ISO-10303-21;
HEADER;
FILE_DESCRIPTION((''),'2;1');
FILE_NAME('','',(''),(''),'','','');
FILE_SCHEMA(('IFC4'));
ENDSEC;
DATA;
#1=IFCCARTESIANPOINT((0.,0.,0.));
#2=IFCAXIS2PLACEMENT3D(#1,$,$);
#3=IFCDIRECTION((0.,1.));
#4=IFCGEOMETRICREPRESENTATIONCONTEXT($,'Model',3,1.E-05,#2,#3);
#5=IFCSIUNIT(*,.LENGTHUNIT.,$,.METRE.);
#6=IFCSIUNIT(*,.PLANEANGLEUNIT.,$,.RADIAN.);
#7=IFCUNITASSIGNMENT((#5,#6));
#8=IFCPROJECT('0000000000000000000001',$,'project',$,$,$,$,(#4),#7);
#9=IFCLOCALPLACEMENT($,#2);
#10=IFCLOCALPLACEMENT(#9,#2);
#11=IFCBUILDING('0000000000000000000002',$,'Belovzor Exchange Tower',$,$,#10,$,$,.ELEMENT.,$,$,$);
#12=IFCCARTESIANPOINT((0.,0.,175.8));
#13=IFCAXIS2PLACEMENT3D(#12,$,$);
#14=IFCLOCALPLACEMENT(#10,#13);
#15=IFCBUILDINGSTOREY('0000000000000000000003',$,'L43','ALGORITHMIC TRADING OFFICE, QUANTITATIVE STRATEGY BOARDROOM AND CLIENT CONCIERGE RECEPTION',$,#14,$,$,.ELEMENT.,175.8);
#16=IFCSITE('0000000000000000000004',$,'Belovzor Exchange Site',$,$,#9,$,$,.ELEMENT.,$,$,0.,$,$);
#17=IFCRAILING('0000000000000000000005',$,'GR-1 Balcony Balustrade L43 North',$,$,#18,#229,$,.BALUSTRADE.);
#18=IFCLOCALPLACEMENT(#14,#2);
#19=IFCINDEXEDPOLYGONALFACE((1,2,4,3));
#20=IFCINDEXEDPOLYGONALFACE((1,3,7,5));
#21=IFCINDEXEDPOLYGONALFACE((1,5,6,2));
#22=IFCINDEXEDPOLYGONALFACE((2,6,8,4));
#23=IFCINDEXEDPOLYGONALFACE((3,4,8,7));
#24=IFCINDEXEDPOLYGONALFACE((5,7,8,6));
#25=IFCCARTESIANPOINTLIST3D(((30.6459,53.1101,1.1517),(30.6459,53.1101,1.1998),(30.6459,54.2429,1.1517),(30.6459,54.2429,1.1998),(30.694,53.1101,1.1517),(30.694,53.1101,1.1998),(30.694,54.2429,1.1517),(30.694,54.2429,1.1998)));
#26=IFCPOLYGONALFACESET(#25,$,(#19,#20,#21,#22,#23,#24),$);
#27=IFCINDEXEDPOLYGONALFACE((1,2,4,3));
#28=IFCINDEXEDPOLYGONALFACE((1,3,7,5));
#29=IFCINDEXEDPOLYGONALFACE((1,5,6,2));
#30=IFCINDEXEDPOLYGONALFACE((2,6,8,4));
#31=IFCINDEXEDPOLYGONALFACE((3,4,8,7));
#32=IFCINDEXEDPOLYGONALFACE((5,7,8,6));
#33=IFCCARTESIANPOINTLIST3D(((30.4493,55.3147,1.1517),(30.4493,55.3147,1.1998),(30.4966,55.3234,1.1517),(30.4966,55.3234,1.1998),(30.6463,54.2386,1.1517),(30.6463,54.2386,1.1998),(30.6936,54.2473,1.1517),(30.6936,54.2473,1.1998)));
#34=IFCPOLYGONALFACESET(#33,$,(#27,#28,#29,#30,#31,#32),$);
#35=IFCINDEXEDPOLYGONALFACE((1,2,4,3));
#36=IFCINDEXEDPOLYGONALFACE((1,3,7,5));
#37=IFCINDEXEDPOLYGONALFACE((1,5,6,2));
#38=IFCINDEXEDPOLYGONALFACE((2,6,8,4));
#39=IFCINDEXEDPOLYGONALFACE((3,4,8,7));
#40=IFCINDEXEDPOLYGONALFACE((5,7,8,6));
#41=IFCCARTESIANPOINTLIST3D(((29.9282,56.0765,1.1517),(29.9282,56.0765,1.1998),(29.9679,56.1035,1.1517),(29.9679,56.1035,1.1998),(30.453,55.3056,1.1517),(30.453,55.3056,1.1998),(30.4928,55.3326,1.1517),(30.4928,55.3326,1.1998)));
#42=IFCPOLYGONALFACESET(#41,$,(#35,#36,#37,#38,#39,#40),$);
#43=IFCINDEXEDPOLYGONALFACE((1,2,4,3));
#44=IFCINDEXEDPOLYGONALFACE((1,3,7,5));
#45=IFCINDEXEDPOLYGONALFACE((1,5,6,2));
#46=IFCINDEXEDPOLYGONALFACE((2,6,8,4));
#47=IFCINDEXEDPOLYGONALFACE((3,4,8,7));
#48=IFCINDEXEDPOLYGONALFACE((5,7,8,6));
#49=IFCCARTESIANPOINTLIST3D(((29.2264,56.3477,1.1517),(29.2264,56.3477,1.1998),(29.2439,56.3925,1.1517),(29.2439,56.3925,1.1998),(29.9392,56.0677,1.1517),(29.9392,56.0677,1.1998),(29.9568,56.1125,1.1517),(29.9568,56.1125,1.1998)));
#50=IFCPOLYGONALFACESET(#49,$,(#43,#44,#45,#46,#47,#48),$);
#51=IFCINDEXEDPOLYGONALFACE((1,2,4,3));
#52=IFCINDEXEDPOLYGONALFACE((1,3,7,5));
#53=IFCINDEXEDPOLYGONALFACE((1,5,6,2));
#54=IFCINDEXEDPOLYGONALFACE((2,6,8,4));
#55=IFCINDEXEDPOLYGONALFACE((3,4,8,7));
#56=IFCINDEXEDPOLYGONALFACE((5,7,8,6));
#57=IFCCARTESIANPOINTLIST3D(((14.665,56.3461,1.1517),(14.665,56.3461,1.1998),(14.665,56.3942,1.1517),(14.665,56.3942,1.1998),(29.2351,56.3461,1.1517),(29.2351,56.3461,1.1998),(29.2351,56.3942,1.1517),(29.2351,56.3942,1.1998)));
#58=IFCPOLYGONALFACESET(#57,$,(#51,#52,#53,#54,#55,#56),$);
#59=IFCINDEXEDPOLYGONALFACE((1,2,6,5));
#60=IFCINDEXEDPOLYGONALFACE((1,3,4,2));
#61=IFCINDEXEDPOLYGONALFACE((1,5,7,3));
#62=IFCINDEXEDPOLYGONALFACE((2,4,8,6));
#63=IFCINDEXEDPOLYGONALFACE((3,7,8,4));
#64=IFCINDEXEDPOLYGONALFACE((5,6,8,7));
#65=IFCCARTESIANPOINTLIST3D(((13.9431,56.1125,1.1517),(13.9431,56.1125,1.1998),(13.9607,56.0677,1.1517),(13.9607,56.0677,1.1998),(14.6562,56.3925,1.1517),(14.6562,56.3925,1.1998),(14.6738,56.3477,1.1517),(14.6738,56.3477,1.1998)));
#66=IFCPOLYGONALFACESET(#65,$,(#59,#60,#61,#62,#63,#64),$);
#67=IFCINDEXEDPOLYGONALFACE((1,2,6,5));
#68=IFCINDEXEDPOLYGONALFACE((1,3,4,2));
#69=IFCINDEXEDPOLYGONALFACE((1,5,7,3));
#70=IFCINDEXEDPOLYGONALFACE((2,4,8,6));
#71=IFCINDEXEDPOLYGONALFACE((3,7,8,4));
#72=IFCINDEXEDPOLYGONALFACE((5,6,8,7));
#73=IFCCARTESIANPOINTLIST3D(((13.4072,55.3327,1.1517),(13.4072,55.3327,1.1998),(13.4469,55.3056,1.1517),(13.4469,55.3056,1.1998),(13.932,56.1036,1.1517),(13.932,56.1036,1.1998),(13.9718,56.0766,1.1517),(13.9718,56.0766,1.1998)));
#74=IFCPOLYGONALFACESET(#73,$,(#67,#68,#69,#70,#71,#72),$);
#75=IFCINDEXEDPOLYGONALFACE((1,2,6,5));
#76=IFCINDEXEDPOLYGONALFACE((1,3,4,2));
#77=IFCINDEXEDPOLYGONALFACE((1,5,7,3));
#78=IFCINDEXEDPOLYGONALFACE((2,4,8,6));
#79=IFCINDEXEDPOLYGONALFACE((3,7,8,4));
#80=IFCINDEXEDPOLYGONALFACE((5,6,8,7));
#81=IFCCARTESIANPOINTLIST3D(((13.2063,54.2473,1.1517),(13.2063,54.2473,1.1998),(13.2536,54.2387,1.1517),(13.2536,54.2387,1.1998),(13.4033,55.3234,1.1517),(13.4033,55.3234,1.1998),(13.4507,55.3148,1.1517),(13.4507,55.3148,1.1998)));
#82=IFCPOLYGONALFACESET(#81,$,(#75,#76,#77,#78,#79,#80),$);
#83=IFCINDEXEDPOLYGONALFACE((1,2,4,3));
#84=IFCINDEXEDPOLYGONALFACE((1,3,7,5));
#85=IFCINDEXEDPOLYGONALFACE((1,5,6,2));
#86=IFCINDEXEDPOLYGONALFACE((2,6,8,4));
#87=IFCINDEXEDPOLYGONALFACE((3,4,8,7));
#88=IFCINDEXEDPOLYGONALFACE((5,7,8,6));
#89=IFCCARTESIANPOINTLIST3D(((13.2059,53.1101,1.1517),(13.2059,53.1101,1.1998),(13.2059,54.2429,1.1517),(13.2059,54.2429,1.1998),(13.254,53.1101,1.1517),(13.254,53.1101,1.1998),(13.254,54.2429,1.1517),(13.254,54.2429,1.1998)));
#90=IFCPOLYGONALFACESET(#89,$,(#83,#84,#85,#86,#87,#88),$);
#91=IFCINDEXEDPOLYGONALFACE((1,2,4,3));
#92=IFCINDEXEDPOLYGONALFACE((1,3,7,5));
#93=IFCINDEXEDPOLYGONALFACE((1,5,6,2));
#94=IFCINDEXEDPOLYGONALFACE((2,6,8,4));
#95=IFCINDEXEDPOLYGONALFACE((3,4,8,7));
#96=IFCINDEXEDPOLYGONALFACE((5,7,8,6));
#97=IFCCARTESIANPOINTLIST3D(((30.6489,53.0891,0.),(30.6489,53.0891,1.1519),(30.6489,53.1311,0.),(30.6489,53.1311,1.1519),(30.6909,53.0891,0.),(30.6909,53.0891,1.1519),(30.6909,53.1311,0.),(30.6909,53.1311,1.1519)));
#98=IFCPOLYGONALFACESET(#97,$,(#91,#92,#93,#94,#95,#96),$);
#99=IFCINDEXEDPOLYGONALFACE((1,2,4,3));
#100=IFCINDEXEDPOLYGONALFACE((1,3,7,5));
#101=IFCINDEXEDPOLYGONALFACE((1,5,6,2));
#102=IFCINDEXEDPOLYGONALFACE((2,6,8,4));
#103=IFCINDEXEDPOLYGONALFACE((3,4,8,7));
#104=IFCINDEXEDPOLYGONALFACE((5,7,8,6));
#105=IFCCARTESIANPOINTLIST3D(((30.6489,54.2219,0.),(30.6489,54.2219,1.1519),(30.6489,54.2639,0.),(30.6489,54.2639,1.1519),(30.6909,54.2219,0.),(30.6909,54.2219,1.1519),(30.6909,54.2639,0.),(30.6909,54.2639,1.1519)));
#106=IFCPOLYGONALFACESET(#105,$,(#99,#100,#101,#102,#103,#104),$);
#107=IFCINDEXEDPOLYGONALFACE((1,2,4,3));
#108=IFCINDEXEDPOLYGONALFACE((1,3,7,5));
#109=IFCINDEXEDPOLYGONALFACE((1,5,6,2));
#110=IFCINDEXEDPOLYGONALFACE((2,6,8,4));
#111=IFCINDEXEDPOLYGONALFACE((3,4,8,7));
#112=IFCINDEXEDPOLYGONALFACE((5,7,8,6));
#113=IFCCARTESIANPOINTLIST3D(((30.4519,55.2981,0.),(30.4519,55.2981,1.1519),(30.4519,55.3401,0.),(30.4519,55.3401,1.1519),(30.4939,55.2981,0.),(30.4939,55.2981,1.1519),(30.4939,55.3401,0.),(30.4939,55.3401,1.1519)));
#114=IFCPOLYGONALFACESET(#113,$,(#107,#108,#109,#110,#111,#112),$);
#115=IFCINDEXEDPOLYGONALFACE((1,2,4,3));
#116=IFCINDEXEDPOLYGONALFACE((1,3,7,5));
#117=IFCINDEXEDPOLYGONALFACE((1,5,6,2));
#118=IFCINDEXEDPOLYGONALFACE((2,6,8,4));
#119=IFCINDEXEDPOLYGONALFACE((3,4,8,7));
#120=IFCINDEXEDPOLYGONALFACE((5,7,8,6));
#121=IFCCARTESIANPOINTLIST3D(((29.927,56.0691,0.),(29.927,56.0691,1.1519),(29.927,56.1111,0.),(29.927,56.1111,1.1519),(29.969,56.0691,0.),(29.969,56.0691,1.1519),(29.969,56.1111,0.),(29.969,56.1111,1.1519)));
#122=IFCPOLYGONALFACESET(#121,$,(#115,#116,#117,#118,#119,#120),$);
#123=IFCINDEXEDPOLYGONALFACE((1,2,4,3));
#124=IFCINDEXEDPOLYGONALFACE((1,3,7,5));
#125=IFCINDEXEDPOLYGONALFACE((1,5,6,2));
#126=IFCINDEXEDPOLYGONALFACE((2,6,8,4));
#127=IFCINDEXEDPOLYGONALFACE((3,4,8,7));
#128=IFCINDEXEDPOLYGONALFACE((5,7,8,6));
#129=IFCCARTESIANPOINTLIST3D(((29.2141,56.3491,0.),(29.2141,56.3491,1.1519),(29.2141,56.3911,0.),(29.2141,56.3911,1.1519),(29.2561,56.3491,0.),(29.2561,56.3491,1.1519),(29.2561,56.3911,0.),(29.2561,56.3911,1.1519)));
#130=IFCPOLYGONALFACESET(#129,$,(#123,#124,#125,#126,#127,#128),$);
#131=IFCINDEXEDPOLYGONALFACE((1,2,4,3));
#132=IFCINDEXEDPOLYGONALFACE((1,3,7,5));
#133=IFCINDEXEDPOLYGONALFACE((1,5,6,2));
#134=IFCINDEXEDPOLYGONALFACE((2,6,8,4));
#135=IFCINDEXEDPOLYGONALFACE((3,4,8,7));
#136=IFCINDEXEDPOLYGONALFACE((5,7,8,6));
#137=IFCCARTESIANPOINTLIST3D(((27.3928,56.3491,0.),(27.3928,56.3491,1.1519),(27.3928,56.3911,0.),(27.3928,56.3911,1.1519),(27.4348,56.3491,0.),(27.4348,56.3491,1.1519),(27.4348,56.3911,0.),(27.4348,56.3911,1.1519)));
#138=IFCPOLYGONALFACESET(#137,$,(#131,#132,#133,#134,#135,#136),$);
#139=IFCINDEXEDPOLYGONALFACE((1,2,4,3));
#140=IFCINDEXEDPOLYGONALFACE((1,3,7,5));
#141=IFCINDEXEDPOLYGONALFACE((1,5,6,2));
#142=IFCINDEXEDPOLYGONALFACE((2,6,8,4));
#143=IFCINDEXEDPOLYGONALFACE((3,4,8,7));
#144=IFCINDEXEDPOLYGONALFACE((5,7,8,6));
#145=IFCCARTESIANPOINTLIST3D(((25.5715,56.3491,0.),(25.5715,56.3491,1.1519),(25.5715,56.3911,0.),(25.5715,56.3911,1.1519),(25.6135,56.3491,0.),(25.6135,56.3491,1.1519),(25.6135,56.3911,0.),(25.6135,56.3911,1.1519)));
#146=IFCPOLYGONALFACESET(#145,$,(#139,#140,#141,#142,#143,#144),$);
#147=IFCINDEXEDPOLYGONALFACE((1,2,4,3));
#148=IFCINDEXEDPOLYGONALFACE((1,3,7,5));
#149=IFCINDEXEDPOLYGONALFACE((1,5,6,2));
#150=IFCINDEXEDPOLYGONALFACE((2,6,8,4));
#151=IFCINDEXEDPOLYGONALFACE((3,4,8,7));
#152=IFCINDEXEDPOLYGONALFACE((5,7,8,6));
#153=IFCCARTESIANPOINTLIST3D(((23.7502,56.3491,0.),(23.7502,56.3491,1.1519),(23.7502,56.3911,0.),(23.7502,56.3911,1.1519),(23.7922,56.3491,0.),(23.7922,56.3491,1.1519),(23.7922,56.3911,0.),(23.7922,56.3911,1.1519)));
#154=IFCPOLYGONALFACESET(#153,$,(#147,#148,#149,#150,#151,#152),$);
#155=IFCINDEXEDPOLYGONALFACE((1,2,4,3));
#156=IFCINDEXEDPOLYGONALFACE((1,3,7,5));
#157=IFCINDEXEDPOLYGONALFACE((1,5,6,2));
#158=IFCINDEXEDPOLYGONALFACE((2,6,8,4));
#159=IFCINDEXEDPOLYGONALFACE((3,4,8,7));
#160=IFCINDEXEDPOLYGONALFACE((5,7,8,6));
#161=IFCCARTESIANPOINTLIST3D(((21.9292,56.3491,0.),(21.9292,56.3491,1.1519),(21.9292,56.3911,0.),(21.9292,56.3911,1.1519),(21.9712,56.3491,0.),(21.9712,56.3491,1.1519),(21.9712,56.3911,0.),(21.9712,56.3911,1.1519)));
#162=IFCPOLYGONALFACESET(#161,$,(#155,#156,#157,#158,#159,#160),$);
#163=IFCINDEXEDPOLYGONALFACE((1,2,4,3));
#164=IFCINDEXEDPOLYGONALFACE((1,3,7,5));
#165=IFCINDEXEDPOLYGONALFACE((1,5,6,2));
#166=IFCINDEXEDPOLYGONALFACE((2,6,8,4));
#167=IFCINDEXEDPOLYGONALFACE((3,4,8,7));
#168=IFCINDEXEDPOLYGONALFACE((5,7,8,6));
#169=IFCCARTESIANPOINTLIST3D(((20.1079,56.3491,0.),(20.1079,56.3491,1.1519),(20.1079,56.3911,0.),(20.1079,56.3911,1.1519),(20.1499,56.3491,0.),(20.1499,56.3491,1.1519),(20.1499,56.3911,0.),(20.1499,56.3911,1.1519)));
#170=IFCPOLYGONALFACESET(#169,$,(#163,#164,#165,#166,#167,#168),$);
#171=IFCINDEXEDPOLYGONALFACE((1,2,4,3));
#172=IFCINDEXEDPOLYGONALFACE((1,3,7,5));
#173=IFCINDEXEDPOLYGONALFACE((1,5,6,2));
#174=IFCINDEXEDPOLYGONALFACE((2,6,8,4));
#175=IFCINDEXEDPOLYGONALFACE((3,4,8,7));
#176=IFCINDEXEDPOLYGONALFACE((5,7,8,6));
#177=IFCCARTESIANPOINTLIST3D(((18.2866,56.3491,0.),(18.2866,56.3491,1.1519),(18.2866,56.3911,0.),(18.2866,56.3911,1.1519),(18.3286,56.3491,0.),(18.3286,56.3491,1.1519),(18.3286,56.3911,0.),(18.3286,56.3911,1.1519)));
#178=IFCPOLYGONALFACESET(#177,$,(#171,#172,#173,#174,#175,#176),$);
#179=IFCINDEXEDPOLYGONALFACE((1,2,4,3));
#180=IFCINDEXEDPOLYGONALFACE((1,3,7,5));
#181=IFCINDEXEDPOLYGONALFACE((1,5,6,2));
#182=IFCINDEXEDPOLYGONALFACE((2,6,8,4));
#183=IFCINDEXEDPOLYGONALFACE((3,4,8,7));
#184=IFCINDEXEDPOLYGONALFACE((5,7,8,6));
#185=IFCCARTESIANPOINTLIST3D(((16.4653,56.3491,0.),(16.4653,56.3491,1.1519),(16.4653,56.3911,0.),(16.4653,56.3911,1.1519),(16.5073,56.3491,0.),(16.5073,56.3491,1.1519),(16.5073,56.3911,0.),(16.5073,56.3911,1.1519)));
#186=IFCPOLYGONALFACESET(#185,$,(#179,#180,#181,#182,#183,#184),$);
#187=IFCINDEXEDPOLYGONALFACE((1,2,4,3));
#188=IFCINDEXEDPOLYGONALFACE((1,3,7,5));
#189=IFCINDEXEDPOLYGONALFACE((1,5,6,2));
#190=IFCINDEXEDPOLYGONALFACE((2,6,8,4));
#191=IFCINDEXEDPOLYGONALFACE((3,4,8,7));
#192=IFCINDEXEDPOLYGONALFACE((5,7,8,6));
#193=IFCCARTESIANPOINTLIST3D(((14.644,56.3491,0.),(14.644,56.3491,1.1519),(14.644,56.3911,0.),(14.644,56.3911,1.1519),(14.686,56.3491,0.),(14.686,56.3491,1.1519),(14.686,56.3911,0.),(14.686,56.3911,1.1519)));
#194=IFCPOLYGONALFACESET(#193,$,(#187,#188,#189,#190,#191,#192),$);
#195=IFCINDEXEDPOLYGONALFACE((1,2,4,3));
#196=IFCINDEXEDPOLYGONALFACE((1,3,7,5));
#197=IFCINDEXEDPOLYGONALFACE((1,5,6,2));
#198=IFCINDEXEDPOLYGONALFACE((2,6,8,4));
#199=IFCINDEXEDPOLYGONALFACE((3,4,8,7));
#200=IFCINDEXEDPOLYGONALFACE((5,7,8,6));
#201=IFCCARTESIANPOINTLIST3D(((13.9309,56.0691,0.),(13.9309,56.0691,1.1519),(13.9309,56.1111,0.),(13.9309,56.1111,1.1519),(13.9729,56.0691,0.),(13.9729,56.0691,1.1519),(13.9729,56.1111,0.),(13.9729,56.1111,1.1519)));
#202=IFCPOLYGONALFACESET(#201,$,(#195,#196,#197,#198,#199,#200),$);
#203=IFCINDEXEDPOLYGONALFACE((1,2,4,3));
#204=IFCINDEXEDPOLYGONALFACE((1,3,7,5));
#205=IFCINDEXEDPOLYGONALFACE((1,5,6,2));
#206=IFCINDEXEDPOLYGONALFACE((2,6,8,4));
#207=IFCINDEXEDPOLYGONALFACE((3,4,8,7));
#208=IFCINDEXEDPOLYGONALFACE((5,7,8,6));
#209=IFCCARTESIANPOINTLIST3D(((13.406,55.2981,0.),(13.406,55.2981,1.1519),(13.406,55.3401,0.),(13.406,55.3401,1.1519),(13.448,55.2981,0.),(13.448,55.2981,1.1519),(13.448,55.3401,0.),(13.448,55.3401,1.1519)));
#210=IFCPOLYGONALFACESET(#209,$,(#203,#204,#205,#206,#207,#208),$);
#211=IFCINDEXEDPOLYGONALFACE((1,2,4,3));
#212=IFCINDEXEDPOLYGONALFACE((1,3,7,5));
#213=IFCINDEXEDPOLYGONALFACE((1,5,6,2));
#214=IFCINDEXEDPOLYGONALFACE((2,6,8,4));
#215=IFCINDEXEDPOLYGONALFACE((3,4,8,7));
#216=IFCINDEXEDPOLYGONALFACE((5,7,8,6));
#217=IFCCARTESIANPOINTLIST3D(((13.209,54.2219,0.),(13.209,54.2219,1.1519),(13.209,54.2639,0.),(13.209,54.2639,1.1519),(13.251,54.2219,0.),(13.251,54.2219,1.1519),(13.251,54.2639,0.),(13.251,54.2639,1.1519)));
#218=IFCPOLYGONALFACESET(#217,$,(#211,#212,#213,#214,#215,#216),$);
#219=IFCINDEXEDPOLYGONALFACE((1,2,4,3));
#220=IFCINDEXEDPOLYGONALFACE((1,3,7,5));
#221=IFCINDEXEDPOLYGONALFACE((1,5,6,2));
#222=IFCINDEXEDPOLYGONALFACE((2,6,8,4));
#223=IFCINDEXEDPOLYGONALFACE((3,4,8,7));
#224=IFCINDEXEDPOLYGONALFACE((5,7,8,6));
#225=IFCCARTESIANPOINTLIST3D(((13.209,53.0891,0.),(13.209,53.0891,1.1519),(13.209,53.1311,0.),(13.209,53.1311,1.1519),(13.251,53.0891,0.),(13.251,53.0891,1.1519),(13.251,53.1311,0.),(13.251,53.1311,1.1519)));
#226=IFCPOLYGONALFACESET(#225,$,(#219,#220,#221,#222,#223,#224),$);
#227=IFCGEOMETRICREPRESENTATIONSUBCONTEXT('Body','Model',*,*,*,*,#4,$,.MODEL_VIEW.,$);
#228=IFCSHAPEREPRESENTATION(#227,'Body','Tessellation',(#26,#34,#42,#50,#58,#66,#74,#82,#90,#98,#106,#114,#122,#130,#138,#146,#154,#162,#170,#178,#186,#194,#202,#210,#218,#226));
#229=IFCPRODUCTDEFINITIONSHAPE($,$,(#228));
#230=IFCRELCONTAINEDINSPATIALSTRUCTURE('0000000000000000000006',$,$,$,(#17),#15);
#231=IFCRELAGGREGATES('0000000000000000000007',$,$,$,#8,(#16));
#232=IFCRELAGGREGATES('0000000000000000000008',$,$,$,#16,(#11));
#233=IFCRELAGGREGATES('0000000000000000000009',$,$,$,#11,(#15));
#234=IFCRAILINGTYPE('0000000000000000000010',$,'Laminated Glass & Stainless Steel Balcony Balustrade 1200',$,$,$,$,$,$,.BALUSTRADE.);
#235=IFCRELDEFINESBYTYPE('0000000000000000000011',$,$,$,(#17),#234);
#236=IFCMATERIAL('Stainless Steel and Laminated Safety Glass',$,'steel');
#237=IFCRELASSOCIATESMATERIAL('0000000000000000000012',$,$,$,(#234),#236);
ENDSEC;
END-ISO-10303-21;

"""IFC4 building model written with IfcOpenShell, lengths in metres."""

from ifc_helpers import new_model, si_unit, direction, frame, origin, origin_2d, place, context, subcontext, project, spatial, rectangle, extrude, material, type_object, element, save


model = new_model("IFC4")

# Units and contexts
model_context = context("Model", 3, precision=1e-05, world=origin(), true_north=direction((0.0, 1.0)))
body_context = subcontext(model_context, "Body", "Model", "MODEL_VIEW")
ifc_project = project(units=[si_unit("LENGTHUNIT", "METRE"), si_unit("PLANEANGLEUNIT", "RADIAN")], contexts=[model_context])

# Site, building, storey
site_placement = place(None, origin())
site = spatial("IfcSite", under=ifc_project, at=site_placement, Name="Belovzor Exchange Site", CompositionType="ELEMENT", RefElevation=0.0)
building_placement = place(site_placement, origin())
building = spatial("IfcBuilding", under=site, at=building_placement, Name="Belovzor Exchange Tower", CompositionType="ELEMENT")
storey_placement = place(building_placement, frame((0.0, 0.0, 175.8)))
storey = spatial("IfcBuildingStorey", under=building, at=storey_placement, Name="L43", Description="ALGORITHMIC TRADING OFFICE, QUANTITATIVE STRATEGY BOARDROOM AND CLIENT CONCIERGE RECEPTION", CompositionType="ELEMENT", Elevation=175.8)

# Railing
ifc_material_1 = material(Name="Stainless Steel and Laminated Safety Glass", Category="steel")
railing_type = type_object("IfcRailingType", Name="Laminated Glass & Stainless Steel Balcony Balustrade 1200", PredefinedType="BALUSTRADE", material=ifc_material_1)
railing_placement = place(storey_placement, frame((30.6699, 53.1101, 0.0)))
element("IfcRailing", 1, at=railing_placement, inside=storey, type_object=railing_type, Name="GR-1 Balcony Balustrade L43 North", PredefinedType="BALUSTRADE", context=body_context, shape_type="SweptSolid", body=[
    extrude(rectangle(XDim=0.0481, YDim=0.0481, at=origin_2d()), frame((0.0, 0.0, 1.1758), z_axis=(0.0, 1.0, 0.0), x_axis=(-1.0, 0.0, 0.0)), (0.0, 0.0, 1.0), 1.1328),
    extrude(rectangle(XDim=0.0481, YDim=0.0481, at=origin_2d()), frame((0.0, 1.1328, 1.1758), z_axis=(-0.180083, 0.983651, 0.0), x_axis=(-0.983651, -0.180083, 0.0)), (0.0, 0.0, 1.0), 1.094),
    extrude(rectangle(XDim=0.0481, YDim=0.0481, at=origin_2d()), frame((-0.197, 2.209, 1.1758), z_axis=(-0.562768, 0.826615, 0.0), x_axis=(-0.826615, -0.562768, 0.0)), (0.0, 0.0, 1.0), 0.9326),
    extrude(rectangle(XDim=0.0481, YDim=0.0481, at=origin_2d()), frame((-0.7219, 2.98, 1.1758), z_axis=(-0.930767, 0.365613, 0.0), x_axis=(-0.365613, -0.930767, 0.0)), (0.0, 0.0, 1.0), 0.7659),
    extrude(rectangle(XDim=0.0481, YDim=0.0481, at=origin_2d()), frame((-1.4348, 3.26, 1.1758), z_axis=(-1.0, 0.0, 0.0), x_axis=(0.0, -1.0, 0.0)), (0.0, 0.0, 1.0), 14.5701),
    extrude(rectangle(XDim=0.0481, YDim=0.0481, at=origin_2d()), frame((-16.0049, 3.26, 1.1758), z_axis=(-0.93081, -0.365504, 0.0), x_axis=(0.365504, -0.93081, 0.0)), (0.0, 0.0, 1.0), 0.7661),
    extrude(rectangle(XDim=0.0481, YDim=0.0481, at=origin_2d()), frame((-16.718, 2.98, 1.1758), z_axis=(-0.562768, -0.826615, 0.0), x_axis=(0.826615, -0.562768, 0.0)), (0.0, 0.0, 1.0), 0.9326),
    extrude(rectangle(XDim=0.0481, YDim=0.0481, at=origin_2d()), frame((-17.2429, 2.209, 1.1758), z_axis=(-0.180083, -0.983651, 0.0), x_axis=(0.983651, -0.180083, 0.0)), (0.0, 0.0, 1.0), 1.094),
    extrude(rectangle(XDim=0.0481, YDim=0.0481, at=origin_2d()), frame((-17.4399, 1.1328, 1.1758), z_axis=(0.0, -1.0, 0.0), x_axis=(1.0, 0.0, 0.0)), (0.0, 0.0, 1.0), 1.1328),
    extrude(rectangle(XDim=0.042, YDim=0.042, at=origin_2d()), origin(), (0.0, 0.0, 1.0), 1.1519),
    extrude(rectangle(XDim=0.042, YDim=0.042, at=origin_2d()), frame((0.0, 1.1328, 0.0)), (0.0, 0.0, 1.0), 1.1519),
    extrude(rectangle(XDim=0.042, YDim=0.042, at=origin_2d()), frame((-0.197, 2.209, 0.0)), (0.0, 0.0, 1.0), 1.1519),
    extrude(rectangle(XDim=0.042, YDim=0.042, at=origin_2d()), frame((-0.7219, 2.98, 0.0)), (0.0, 0.0, 1.0), 1.1519),
    extrude(rectangle(XDim=0.042, YDim=0.042, at=origin_2d()), frame((-1.4348, 3.26, 0.0)), (0.0, 0.0, 1.0), 1.1519),
    extrude(rectangle(XDim=0.042, YDim=0.042, at=origin_2d()), frame((-3.2561, 3.26, 0.0)), (0.0, 0.0, 1.0), 1.1519),
    extrude(rectangle(XDim=0.042, YDim=0.042, at=origin_2d()), frame((-5.0774, 3.26, 0.0)), (0.0, 0.0, 1.0), 1.1519),
    extrude(rectangle(XDim=0.042, YDim=0.042, at=origin_2d()), frame((-6.8987, 3.26, 0.0)), (0.0, 0.0, 1.0), 1.1519),
    extrude(rectangle(XDim=0.042, YDim=0.042, at=origin_2d()), frame((-8.7197, 3.26, 0.0)), (0.0, 0.0, 1.0), 1.1519),
    extrude(rectangle(XDim=0.042, YDim=0.042, at=origin_2d()), frame((-10.541, 3.26, 0.0)), (0.0, 0.0, 1.0), 1.1519),
    extrude(rectangle(XDim=0.042, YDim=0.042, at=origin_2d()), frame((-12.3623, 3.26, 0.0)), (0.0, 0.0, 1.0), 1.1519),
    extrude(rectangle(XDim=0.042, YDim=0.042, at=origin_2d()), frame((-14.1836, 3.26, 0.0)), (0.0, 0.0, 1.0), 1.1519),
    extrude(rectangle(XDim=0.042, YDim=0.042, at=origin_2d()), frame((-16.0049, 3.26, 0.0)), (0.0, 0.0, 1.0), 1.1519),
    extrude(rectangle(XDim=0.042, YDim=0.042, at=origin_2d()), frame((-16.718, 2.98, 0.0)), (0.0, 0.0, 1.0), 1.1519),
    extrude(rectangle(XDim=0.042, YDim=0.042, at=origin_2d()), frame((-17.2429, 2.209, 0.0)), (0.0, 0.0, 1.0), 1.1519),
    extrude(rectangle(XDim=0.042, YDim=0.042, at=origin_2d()), frame((-17.4399, 1.1328, 0.0)), (0.0, 0.0, 1.0), 1.1519),
    extrude(rectangle(XDim=0.042, YDim=0.042, at=origin_2d()), frame((-17.4399, 0.0, 0.0)), (0.0, 0.0, 1.0), 1.1519),
])

save(model, "model.ifc")
